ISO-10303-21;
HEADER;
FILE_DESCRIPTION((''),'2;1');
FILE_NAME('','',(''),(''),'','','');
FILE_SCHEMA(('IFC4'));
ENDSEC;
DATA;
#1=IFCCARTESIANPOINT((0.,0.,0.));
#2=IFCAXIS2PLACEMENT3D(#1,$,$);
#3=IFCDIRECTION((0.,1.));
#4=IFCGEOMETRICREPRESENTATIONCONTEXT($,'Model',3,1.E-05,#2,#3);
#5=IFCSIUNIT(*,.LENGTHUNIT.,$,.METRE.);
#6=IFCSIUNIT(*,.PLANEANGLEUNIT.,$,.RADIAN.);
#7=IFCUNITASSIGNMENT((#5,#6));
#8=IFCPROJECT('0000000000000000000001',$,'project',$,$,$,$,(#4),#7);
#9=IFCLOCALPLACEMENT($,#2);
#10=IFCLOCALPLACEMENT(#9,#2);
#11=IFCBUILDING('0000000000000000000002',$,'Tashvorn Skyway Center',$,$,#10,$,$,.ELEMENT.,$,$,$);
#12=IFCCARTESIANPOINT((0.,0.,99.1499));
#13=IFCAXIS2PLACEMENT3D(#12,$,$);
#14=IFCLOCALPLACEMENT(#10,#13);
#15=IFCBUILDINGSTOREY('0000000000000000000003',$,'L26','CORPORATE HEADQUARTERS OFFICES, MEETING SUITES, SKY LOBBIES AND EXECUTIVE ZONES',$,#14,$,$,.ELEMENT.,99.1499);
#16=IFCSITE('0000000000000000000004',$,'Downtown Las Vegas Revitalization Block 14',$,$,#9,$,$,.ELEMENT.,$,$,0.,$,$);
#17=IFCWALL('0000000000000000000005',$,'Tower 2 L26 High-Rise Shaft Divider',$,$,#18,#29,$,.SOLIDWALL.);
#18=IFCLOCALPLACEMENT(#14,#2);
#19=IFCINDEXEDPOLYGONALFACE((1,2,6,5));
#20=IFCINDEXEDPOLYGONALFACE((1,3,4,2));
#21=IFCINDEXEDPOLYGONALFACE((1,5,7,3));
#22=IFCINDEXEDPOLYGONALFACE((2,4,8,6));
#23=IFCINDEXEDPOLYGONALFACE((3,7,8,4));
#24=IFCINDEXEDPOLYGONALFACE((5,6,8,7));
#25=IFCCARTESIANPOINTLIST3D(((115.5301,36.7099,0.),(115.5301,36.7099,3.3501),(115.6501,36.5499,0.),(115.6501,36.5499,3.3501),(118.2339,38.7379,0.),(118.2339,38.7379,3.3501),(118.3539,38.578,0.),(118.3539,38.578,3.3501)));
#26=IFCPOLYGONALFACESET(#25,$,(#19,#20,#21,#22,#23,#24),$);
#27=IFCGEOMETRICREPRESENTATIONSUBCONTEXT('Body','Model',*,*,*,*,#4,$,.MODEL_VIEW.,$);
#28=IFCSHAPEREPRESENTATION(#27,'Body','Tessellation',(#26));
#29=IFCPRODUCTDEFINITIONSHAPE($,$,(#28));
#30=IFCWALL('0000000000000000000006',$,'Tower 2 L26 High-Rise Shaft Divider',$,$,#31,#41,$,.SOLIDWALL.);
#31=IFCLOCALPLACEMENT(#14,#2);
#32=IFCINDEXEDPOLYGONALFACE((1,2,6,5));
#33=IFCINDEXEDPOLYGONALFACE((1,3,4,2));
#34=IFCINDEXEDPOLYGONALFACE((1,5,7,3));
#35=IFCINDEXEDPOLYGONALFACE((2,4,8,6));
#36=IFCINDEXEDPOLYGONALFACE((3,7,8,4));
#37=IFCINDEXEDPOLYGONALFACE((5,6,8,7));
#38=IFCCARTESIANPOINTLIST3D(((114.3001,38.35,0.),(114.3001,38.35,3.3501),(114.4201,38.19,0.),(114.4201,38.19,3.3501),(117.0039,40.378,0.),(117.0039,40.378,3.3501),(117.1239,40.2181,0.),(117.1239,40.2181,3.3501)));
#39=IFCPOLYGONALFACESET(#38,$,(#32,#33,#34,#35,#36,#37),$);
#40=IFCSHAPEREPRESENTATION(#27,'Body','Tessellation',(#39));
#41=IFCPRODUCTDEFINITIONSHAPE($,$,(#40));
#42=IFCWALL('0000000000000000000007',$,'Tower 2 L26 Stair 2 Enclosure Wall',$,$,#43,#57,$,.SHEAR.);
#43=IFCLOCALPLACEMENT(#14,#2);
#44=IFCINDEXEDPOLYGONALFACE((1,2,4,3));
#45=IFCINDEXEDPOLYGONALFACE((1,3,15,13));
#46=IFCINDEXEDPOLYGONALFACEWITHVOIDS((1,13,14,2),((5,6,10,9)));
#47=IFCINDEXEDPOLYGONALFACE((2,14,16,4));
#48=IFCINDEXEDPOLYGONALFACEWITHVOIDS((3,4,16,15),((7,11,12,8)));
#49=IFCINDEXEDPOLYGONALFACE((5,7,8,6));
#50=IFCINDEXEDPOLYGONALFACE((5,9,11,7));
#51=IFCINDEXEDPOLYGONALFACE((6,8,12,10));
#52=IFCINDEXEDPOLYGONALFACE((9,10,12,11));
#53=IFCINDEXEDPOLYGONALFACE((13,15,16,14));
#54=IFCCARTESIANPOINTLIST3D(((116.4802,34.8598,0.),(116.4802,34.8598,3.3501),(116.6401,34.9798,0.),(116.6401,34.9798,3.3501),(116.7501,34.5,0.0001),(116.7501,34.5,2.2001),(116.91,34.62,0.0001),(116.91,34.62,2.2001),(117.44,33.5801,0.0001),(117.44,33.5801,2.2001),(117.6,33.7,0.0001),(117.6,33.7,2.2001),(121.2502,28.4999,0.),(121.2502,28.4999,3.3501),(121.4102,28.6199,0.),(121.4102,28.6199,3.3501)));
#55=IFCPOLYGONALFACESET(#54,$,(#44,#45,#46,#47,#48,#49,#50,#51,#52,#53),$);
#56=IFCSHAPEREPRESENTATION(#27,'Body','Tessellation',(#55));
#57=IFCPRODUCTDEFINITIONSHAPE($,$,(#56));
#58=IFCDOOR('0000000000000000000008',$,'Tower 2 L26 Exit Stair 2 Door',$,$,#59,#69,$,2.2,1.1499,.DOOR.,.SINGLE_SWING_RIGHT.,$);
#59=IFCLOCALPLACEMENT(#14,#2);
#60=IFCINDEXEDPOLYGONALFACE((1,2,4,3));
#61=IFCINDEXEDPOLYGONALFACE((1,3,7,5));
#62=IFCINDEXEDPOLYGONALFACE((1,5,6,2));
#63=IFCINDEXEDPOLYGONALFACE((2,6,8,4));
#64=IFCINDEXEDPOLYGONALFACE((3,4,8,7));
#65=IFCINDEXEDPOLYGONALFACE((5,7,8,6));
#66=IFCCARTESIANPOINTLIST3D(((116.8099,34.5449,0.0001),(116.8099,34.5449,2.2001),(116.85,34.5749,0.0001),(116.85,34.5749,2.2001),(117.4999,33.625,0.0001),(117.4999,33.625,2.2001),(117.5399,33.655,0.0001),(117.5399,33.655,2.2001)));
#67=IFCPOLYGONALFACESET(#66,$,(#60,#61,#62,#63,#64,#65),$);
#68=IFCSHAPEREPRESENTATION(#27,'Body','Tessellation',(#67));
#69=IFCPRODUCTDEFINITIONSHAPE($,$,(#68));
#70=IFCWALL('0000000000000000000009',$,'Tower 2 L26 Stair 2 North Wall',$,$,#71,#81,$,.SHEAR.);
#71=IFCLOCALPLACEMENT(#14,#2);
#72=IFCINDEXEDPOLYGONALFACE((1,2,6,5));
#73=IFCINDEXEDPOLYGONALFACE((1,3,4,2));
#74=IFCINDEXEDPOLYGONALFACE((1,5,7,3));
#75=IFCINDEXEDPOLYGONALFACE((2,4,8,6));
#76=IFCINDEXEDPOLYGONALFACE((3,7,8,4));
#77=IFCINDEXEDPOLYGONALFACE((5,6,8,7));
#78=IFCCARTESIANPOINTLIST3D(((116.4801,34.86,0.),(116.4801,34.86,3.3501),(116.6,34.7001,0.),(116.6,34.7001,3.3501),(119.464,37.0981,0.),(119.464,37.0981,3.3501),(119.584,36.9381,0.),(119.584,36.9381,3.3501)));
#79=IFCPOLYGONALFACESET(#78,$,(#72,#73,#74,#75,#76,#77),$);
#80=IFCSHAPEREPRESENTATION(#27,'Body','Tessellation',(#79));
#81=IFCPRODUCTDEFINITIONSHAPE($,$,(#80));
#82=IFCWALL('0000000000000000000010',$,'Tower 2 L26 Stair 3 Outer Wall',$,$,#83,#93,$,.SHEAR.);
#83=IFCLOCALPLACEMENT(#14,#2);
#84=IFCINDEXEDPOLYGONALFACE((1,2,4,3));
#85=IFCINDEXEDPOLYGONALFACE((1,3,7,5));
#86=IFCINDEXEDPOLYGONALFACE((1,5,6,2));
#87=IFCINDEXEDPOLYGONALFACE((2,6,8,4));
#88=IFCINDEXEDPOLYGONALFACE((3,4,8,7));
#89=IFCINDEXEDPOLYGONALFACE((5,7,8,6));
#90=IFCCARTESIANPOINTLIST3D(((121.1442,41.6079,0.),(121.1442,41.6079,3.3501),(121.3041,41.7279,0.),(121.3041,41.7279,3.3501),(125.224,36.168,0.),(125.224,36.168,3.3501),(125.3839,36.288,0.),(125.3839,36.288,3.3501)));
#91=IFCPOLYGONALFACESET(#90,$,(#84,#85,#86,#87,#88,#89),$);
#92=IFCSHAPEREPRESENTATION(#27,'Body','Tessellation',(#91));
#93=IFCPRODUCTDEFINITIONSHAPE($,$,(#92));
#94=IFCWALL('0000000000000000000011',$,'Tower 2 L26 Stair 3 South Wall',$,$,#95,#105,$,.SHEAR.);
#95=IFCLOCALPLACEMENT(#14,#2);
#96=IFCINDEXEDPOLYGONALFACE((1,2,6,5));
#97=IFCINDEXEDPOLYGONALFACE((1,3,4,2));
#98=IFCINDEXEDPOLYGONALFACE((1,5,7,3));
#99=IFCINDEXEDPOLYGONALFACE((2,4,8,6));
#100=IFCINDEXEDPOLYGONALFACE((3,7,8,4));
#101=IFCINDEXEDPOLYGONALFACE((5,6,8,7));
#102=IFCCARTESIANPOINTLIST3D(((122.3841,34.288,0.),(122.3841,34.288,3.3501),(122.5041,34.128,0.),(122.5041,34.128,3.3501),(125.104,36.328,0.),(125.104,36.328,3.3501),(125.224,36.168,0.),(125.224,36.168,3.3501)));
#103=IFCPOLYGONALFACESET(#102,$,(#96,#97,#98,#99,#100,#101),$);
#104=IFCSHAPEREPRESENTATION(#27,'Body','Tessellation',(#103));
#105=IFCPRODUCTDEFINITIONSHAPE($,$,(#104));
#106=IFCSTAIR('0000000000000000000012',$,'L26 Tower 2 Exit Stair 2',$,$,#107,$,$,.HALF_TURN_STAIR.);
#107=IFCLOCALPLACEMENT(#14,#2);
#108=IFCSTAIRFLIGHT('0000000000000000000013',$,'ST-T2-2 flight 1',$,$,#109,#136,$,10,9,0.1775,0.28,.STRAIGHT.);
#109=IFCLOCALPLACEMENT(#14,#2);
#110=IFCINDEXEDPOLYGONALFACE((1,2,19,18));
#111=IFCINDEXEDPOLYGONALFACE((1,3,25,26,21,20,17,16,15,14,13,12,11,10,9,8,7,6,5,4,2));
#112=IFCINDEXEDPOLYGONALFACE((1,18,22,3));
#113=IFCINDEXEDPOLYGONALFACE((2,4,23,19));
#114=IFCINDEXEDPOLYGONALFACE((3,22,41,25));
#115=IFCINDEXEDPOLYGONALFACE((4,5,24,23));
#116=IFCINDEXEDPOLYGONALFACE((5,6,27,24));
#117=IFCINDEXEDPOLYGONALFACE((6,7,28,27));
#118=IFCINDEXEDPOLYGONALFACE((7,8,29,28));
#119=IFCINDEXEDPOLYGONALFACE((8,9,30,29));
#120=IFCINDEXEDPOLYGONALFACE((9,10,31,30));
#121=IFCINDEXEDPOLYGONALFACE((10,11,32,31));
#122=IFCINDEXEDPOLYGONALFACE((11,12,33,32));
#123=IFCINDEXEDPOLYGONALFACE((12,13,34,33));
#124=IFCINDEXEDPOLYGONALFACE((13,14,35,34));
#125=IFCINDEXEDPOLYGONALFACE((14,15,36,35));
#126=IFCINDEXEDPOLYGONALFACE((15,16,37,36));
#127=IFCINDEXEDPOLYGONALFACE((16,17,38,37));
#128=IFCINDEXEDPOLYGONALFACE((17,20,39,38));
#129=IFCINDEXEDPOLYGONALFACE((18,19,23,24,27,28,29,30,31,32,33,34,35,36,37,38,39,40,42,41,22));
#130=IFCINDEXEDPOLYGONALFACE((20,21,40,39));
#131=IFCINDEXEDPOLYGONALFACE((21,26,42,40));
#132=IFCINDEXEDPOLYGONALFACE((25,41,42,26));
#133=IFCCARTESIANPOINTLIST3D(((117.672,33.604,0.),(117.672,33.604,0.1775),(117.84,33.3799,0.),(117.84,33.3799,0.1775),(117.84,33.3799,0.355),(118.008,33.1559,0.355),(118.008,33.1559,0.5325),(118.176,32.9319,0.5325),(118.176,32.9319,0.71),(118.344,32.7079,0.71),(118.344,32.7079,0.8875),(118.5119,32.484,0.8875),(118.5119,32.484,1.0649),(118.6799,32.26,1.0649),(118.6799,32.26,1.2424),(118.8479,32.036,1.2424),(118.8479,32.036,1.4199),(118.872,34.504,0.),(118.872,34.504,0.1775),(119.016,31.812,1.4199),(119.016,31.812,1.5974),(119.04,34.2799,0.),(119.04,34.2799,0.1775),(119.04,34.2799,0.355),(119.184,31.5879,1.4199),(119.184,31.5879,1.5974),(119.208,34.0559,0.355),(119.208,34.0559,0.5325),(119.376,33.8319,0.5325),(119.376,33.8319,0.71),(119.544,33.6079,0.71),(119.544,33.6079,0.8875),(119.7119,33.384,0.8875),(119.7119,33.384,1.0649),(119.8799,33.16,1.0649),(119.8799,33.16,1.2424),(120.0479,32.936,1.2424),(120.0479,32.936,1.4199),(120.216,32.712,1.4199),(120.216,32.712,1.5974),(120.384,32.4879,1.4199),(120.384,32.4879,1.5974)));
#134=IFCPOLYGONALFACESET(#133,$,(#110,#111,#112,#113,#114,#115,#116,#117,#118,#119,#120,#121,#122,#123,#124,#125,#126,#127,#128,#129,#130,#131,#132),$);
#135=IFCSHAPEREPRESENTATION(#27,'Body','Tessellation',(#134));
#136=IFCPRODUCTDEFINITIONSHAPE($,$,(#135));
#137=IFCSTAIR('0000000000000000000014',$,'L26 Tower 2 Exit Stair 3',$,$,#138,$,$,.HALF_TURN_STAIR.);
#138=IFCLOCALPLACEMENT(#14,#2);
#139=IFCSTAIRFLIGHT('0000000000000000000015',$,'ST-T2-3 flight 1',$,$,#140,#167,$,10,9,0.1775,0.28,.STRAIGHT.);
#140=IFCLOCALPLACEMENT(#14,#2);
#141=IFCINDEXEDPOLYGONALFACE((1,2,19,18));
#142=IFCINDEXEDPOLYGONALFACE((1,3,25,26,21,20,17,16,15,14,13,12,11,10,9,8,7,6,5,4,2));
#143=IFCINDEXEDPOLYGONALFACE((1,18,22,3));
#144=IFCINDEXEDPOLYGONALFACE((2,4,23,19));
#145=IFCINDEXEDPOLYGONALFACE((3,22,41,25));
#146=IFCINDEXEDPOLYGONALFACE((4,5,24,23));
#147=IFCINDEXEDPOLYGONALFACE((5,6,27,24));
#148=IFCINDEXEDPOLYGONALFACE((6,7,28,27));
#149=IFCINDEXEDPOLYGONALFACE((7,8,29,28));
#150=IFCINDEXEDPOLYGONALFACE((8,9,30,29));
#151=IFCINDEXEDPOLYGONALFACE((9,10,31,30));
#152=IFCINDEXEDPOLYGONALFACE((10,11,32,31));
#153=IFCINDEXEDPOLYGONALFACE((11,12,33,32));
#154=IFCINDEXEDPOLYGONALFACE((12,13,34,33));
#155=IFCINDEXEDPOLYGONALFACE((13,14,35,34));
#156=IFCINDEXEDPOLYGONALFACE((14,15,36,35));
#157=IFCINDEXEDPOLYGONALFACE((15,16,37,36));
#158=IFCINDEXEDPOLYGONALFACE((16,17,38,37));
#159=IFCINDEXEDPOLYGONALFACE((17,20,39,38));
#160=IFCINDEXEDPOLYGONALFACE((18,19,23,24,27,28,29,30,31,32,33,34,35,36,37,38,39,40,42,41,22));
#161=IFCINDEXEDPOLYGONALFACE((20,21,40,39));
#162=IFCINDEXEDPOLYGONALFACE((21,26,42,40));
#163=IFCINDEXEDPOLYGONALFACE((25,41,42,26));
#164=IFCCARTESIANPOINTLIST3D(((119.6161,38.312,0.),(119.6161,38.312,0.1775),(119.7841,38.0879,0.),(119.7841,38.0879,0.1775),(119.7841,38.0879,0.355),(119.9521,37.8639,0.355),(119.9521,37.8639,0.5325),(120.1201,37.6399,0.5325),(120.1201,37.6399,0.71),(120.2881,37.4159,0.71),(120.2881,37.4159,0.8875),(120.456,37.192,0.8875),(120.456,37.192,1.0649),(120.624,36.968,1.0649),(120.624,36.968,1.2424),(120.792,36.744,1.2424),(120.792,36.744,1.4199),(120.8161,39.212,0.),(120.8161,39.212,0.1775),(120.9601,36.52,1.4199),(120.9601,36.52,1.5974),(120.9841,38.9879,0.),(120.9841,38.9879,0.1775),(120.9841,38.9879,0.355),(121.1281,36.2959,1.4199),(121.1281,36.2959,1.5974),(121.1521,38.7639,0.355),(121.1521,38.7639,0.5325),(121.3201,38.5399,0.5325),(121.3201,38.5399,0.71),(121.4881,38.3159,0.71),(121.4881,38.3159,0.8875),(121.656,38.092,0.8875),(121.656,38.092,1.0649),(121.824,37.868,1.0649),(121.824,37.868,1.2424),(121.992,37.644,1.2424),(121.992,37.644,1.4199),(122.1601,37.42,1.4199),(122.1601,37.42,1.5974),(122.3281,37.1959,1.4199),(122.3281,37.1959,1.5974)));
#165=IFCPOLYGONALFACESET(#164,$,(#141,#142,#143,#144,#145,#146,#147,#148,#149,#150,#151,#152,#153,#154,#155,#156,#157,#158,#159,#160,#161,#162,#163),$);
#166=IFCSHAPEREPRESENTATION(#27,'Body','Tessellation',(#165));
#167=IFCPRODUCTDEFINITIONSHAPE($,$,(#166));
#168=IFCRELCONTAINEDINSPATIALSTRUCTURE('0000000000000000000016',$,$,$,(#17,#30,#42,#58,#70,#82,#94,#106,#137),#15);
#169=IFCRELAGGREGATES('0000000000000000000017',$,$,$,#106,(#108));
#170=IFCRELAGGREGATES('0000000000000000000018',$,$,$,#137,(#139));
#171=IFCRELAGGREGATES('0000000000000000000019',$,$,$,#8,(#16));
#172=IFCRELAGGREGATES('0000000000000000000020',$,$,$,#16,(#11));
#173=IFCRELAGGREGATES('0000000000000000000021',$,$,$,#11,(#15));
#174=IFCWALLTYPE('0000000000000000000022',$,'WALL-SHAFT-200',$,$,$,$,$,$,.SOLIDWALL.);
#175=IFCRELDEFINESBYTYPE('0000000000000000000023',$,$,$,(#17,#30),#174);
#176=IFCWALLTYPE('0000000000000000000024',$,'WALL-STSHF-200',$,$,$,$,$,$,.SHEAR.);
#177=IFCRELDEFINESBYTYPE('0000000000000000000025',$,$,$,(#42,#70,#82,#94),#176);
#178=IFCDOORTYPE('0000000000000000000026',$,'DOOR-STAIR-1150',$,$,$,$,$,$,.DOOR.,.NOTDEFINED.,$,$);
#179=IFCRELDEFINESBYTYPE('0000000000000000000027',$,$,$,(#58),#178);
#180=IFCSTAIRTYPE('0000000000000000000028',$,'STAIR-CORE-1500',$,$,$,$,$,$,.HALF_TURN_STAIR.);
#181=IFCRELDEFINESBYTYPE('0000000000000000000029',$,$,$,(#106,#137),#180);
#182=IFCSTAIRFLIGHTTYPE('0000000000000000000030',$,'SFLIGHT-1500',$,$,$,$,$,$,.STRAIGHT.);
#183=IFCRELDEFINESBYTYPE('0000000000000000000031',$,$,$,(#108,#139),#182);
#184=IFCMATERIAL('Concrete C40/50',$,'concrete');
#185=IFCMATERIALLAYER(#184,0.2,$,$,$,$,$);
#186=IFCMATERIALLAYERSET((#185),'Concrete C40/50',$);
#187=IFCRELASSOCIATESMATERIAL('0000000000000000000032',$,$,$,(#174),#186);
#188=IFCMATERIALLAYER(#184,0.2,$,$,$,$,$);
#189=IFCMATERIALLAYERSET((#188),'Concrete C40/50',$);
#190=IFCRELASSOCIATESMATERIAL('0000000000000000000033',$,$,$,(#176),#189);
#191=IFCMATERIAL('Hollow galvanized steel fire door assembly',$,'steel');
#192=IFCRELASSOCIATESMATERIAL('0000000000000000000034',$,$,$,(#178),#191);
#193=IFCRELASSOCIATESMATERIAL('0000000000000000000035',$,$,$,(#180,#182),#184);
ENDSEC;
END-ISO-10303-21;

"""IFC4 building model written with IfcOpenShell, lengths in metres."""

from ifc_helpers import new_model, si_unit, direction, frame, frame_2d, origin, place, context, subcontext, project, spatial, polyline, rectangle, outline, extrude, material, layer, layer_set, type_object, element, fill, aggregate, save


model = new_model("IFC4")

# Units and contexts
model_context = context("Model", 3, precision=1e-05, world=origin(), true_north=direction((0.0, 1.0)))
body_context = subcontext(model_context, "Body", "Model", "MODEL_VIEW")
ifc_project = project(units=[si_unit("LENGTHUNIT", "METRE"), si_unit("PLANEANGLEUNIT", "RADIAN")], contexts=[model_context])

# Site, building, storey
site_placement = place(None, origin())
site = spatial("IfcSite", under=ifc_project, at=site_placement, Name="Downtown Las Vegas Revitalization Block 14", CompositionType="ELEMENT", RefElevation=0.0)
building_placement = place(site_placement, origin())
building = spatial("IfcBuilding", under=site, at=building_placement, Name="Tashvorn Skyway Center", CompositionType="ELEMENT")
storey_placement = place(building_placement, frame((0.0, 0.0, 99.1499)))
storey = spatial("IfcBuildingStorey", under=building, at=storey_placement, Name="L26", Description="CORPORATE HEADQUARTERS OFFICES, MEETING SUITES, SKY LOBBIES AND EXECUTIVE ZONES", CompositionType="ELEMENT", Elevation=99.1499)

# Walls
ifc_material_1 = material(Name="Concrete C40/50", Category="concrete")
ifc_layer_1 = layer(ifc_material_1, 0.2)
ifc_layer_set_1 = layer_set([ifc_layer_1], Name="Concrete C40/50")
wall_type_1 = type_object("IfcWallType", Name="WALL-SHAFT-200", PredefinedType="SOLIDWALL", material=ifc_layer_set_1)
for number, where, z_axis, x_axis, name in (
    (1, (115.5901, 36.6299, 0.0), (0.0, 0.0, 1.0), (0.799974, 0.600035, 0.0), "Tower 2 L26 High-Rise Shaft Divider"),
    (2, (114.3601, 38.27, 0.0), (0.0, 0.0, 1.0), (0.799974, 0.600035, 0.0), "Tower 2 L26 High-Rise Shaft Divider"),
):
    element("IfcWall", number, at=place(storey_placement, frame(where, z_axis=z_axis, x_axis=x_axis)), inside=storey, type_object=wall_type_1, Name=name, PredefinedType="SOLIDWALL", context=body_context, shape_type="SweptSolid", body=[
        extrude(rectangle(XDim=3.3799, YDim=0.2, at=frame_2d((1.6899, 0.0))), origin(), (0.0, 0.0, 1.0), 3.3501),
    ])

# Wall, opening, door
ifc_layer_2 = layer(ifc_material_1, 0.2)
ifc_layer_set_2 = layer_set([ifc_layer_2], Name="Concrete C40/50")
wall_type_2 = type_object("IfcWallType", Name="WALL-STSHF-200", PredefinedType="SHEAR", material=ifc_layer_set_2)
wall_1_placement = place(storey_placement, frame((116.5601, 34.9199, 0.0), z_axis=(0.0, 0.0, 1.0), x_axis=(0.60001, -0.799993, 0.0)))
wall_1 = element("IfcWall", 3, at=wall_1_placement, inside=storey, type_object=wall_type_2, Name="Tower 2 L26 Stair 2 Enclosure Wall", PredefinedType="SHEAR", context=body_context, shape_type="SweptSolid", body=[
    extrude(rectangle(XDim=7.95, YDim=0.2, at=frame_2d((3.9751, 0.0))), origin(), (0.0, 0.0, 1.0), 3.3501),
])
opening_placement = place(wall_1_placement, frame((0.45, 0.0, 0.0)))
opening = element("IfcOpeningElement", 4, at=opening_placement, cuts=wall_1, PredefinedType="OPENING", context=body_context, shape_type="SweptSolid", body=[
    extrude(rectangle(XDim=1.1499, YDim=2.2, at=frame_2d((0.575, 1.1001))), frame((0.0, 0.1099, 0.0), z_axis=(0.0, -1.0, 0.0), x_axis=(1.0, 0.0, 0.0)), (0.0, 0.0, 1.0), 0.22),
])
ifc_material_2 = material(Name="Hollow galvanized steel fire door assembly", Category="steel")
door_type = type_object("IfcDoorType", Name="DOOR-STAIR-1150", OperationType="NOTDEFINED", PredefinedType="DOOR", material=ifc_material_2)
door_placement = place(opening_placement, origin())
door = element("IfcDoor", 5, at=door_placement, inside=storey, type_object=door_type, Name="Tower 2 L26 Exit Stair 2 Door", OperationType="SINGLE_SWING_RIGHT", OverallHeight=2.2, OverallWidth=1.1499, PredefinedType="DOOR", context=body_context, shape_type="SweptSolid", body=[
    extrude(rectangle(XDim=1.1499, YDim=2.2, at=frame_2d((0.575, 1.1001))), frame((0.0, 0.0249, 0.0), z_axis=(0.0, -1.0, 0.0), x_axis=(1.0, 0.0, 0.0)), (0.0, 0.0, 1.0), 0.05),
])
fill(opening, door)

# Walls
wall_2_placement = place(storey_placement, frame((116.54, 34.78, 0.0), z_axis=(0.0, 0.0, 1.0), x_axis=(0.799984, 0.600021, 0.0)))
element("IfcWall", 6, at=wall_2_placement, inside=storey, type_object=wall_type_2, Name="Tower 2 L26 Stair 2 North Wall", PredefinedType="SHEAR", context=body_context, shape_type="SweptSolid", body=[
    extrude(rectangle(XDim=3.73, YDim=0.2, at=frame_2d((1.865, 0.0))), origin(), (0.0, 0.0, 1.0), 3.3501),
])
wall_3_placement = place(storey_placement, frame((125.304, 36.228, 0.0), z_axis=(0.0, 0.0, 1.0), x_axis=(-0.599989, 0.800009, 0.0)))
element("IfcWall", 7, at=wall_3_placement, inside=storey, type_object=wall_type_2, Name="Tower 2 L26 Stair 3 Outer Wall", PredefinedType="SHEAR", context=body_context, shape_type="SweptSolid", body=[
    extrude(rectangle(XDim=6.7998, YDim=0.2, at=frame_2d((3.3999, 0.0))), origin(), (0.0, 0.0, 1.0), 3.3501),
])
wall_4_placement = place(storey_placement, frame((122.4441, 34.208, 0.0), z_axis=(0.0, 0.0, 1.0), x_axis=(0.799991, 0.600011, 0.0)))
element("IfcWall", 8, at=wall_4_placement, inside=storey, type_object=wall_type_2, Name="Tower 2 L26 Stair 3 South Wall", PredefinedType="SHEAR", context=body_context, shape_type="SweptSolid", body=[
    extrude(rectangle(XDim=3.3999, YDim=0.2, at=frame_2d((1.7, 0.0))), origin(), (0.0, 0.0, 1.0), 3.3501),
])

# Stair, stair flight
stair_type = type_object("IfcStairType", Name="STAIR-CORE-1500", PredefinedType="HALF_TURN_STAIR", material=ifc_material_1)
stair_1_placement = place(storey_placement, origin())
stair_1 = element("IfcStair", 9, at=stair_1_placement, inside=storey, type_object=stair_type, Name="L26 Tower 2 Exit Stair 2", PredefinedType="HALF_TURN_STAIR")
stair_flight_type = type_object("IfcStairFlightType", Name="SFLIGHT-1500", PredefinedType="STRAIGHT", material=ifc_material_1)
stair_flight_1_placement = place(storey_placement, frame((118.272, 34.054, 0.0), z_axis=(0.0, 0.0, 1.0), x_axis=(0.6, -0.8, 0.0)))
stair_flight_1 = element("IfcStairFlight", 10, at=stair_flight_1_placement, type_object=stair_flight_type, Name="ST-T2-2 flight 1", NumberOfRisers=10, NumberOfTreads=9, PredefinedType="STRAIGHT", RiserHeight=0.1775, TreadLength=0.28, context=body_context, shape_type="SweptSolid", body=[
    extrude(outline(polyline([(0.0, 0.0), (0.0, 0.1775), (0.28, 0.1775), (0.28, 0.355), (0.5601, 0.355), (0.5601, 0.5325), (0.8401, 0.5325), (0.8401, 0.71), (1.1201, 0.71), (1.1201, 0.8875), (1.3999, 0.8875), (1.3999, 1.0649), (1.6799, 1.0649), (1.6799, 1.2424), (1.96, 1.2424), (1.96, 1.4199), (2.24, 1.4199), (2.24, 1.5974), (2.52, 1.5974), (2.52, 1.7749), (2.52, 1.4199), (0.28, 0.0), (0.0, 0.0)])), frame((0.0, 0.75, 0.0), z_axis=(0.0, -1.0, 0.0), x_axis=(1.0, 0.0, 0.0)), (0.0, 0.0, 1.0), 1.5),
])
aggregate(stair_1, [stair_flight_1])

# Stair, stair flight
stair_2_placement = place(storey_placement, origin())
stair_2 = element("IfcStair", 11, at=stair_2_placement, inside=storey, type_object=stair_type, Name="L26 Tower 2 Exit Stair 3", PredefinedType="HALF_TURN_STAIR")
stair_flight_2_placement = place(storey_placement, frame((120.2161, 38.762, 0.0), z_axis=(0.0, 0.0, 1.0), x_axis=(0.6, -0.8, 0.0)))
stair_flight_2 = element("IfcStairFlight", 12, at=stair_flight_2_placement, type_object=stair_flight_type, Name="ST-T2-3 flight 1", NumberOfRisers=10, NumberOfTreads=9, PredefinedType="STRAIGHT", RiserHeight=0.1775, TreadLength=0.28, context=body_context, shape_type="SweptSolid", body=[
    extrude(outline(polyline([(0.0, 0.0), (0.0, 0.1775), (0.28, 0.1775), (0.28, 0.355), (0.5601, 0.355), (0.5601, 0.5325), (0.8401, 0.5325), (0.8401, 0.71), (1.1201, 0.71), (1.1201, 0.8875), (1.3999, 0.8875), (1.3999, 1.0649), (1.6799, 1.0649), (1.6799, 1.2424), (1.96, 1.2424), (1.96, 1.4199), (2.24, 1.4199), (2.24, 1.5974), (2.52, 1.5974), (2.52, 1.7749), (2.52, 1.4199), (0.28, 0.0), (0.0, 0.0)])), frame((0.0, 0.75, 0.0), z_axis=(0.0, -1.0, 0.0), x_axis=(1.0, 0.0, 0.0)), (0.0, 0.0, 1.0), 1.5),
])
aggregate(stair_2, [stair_flight_2])

save(model, "model.ifc")
